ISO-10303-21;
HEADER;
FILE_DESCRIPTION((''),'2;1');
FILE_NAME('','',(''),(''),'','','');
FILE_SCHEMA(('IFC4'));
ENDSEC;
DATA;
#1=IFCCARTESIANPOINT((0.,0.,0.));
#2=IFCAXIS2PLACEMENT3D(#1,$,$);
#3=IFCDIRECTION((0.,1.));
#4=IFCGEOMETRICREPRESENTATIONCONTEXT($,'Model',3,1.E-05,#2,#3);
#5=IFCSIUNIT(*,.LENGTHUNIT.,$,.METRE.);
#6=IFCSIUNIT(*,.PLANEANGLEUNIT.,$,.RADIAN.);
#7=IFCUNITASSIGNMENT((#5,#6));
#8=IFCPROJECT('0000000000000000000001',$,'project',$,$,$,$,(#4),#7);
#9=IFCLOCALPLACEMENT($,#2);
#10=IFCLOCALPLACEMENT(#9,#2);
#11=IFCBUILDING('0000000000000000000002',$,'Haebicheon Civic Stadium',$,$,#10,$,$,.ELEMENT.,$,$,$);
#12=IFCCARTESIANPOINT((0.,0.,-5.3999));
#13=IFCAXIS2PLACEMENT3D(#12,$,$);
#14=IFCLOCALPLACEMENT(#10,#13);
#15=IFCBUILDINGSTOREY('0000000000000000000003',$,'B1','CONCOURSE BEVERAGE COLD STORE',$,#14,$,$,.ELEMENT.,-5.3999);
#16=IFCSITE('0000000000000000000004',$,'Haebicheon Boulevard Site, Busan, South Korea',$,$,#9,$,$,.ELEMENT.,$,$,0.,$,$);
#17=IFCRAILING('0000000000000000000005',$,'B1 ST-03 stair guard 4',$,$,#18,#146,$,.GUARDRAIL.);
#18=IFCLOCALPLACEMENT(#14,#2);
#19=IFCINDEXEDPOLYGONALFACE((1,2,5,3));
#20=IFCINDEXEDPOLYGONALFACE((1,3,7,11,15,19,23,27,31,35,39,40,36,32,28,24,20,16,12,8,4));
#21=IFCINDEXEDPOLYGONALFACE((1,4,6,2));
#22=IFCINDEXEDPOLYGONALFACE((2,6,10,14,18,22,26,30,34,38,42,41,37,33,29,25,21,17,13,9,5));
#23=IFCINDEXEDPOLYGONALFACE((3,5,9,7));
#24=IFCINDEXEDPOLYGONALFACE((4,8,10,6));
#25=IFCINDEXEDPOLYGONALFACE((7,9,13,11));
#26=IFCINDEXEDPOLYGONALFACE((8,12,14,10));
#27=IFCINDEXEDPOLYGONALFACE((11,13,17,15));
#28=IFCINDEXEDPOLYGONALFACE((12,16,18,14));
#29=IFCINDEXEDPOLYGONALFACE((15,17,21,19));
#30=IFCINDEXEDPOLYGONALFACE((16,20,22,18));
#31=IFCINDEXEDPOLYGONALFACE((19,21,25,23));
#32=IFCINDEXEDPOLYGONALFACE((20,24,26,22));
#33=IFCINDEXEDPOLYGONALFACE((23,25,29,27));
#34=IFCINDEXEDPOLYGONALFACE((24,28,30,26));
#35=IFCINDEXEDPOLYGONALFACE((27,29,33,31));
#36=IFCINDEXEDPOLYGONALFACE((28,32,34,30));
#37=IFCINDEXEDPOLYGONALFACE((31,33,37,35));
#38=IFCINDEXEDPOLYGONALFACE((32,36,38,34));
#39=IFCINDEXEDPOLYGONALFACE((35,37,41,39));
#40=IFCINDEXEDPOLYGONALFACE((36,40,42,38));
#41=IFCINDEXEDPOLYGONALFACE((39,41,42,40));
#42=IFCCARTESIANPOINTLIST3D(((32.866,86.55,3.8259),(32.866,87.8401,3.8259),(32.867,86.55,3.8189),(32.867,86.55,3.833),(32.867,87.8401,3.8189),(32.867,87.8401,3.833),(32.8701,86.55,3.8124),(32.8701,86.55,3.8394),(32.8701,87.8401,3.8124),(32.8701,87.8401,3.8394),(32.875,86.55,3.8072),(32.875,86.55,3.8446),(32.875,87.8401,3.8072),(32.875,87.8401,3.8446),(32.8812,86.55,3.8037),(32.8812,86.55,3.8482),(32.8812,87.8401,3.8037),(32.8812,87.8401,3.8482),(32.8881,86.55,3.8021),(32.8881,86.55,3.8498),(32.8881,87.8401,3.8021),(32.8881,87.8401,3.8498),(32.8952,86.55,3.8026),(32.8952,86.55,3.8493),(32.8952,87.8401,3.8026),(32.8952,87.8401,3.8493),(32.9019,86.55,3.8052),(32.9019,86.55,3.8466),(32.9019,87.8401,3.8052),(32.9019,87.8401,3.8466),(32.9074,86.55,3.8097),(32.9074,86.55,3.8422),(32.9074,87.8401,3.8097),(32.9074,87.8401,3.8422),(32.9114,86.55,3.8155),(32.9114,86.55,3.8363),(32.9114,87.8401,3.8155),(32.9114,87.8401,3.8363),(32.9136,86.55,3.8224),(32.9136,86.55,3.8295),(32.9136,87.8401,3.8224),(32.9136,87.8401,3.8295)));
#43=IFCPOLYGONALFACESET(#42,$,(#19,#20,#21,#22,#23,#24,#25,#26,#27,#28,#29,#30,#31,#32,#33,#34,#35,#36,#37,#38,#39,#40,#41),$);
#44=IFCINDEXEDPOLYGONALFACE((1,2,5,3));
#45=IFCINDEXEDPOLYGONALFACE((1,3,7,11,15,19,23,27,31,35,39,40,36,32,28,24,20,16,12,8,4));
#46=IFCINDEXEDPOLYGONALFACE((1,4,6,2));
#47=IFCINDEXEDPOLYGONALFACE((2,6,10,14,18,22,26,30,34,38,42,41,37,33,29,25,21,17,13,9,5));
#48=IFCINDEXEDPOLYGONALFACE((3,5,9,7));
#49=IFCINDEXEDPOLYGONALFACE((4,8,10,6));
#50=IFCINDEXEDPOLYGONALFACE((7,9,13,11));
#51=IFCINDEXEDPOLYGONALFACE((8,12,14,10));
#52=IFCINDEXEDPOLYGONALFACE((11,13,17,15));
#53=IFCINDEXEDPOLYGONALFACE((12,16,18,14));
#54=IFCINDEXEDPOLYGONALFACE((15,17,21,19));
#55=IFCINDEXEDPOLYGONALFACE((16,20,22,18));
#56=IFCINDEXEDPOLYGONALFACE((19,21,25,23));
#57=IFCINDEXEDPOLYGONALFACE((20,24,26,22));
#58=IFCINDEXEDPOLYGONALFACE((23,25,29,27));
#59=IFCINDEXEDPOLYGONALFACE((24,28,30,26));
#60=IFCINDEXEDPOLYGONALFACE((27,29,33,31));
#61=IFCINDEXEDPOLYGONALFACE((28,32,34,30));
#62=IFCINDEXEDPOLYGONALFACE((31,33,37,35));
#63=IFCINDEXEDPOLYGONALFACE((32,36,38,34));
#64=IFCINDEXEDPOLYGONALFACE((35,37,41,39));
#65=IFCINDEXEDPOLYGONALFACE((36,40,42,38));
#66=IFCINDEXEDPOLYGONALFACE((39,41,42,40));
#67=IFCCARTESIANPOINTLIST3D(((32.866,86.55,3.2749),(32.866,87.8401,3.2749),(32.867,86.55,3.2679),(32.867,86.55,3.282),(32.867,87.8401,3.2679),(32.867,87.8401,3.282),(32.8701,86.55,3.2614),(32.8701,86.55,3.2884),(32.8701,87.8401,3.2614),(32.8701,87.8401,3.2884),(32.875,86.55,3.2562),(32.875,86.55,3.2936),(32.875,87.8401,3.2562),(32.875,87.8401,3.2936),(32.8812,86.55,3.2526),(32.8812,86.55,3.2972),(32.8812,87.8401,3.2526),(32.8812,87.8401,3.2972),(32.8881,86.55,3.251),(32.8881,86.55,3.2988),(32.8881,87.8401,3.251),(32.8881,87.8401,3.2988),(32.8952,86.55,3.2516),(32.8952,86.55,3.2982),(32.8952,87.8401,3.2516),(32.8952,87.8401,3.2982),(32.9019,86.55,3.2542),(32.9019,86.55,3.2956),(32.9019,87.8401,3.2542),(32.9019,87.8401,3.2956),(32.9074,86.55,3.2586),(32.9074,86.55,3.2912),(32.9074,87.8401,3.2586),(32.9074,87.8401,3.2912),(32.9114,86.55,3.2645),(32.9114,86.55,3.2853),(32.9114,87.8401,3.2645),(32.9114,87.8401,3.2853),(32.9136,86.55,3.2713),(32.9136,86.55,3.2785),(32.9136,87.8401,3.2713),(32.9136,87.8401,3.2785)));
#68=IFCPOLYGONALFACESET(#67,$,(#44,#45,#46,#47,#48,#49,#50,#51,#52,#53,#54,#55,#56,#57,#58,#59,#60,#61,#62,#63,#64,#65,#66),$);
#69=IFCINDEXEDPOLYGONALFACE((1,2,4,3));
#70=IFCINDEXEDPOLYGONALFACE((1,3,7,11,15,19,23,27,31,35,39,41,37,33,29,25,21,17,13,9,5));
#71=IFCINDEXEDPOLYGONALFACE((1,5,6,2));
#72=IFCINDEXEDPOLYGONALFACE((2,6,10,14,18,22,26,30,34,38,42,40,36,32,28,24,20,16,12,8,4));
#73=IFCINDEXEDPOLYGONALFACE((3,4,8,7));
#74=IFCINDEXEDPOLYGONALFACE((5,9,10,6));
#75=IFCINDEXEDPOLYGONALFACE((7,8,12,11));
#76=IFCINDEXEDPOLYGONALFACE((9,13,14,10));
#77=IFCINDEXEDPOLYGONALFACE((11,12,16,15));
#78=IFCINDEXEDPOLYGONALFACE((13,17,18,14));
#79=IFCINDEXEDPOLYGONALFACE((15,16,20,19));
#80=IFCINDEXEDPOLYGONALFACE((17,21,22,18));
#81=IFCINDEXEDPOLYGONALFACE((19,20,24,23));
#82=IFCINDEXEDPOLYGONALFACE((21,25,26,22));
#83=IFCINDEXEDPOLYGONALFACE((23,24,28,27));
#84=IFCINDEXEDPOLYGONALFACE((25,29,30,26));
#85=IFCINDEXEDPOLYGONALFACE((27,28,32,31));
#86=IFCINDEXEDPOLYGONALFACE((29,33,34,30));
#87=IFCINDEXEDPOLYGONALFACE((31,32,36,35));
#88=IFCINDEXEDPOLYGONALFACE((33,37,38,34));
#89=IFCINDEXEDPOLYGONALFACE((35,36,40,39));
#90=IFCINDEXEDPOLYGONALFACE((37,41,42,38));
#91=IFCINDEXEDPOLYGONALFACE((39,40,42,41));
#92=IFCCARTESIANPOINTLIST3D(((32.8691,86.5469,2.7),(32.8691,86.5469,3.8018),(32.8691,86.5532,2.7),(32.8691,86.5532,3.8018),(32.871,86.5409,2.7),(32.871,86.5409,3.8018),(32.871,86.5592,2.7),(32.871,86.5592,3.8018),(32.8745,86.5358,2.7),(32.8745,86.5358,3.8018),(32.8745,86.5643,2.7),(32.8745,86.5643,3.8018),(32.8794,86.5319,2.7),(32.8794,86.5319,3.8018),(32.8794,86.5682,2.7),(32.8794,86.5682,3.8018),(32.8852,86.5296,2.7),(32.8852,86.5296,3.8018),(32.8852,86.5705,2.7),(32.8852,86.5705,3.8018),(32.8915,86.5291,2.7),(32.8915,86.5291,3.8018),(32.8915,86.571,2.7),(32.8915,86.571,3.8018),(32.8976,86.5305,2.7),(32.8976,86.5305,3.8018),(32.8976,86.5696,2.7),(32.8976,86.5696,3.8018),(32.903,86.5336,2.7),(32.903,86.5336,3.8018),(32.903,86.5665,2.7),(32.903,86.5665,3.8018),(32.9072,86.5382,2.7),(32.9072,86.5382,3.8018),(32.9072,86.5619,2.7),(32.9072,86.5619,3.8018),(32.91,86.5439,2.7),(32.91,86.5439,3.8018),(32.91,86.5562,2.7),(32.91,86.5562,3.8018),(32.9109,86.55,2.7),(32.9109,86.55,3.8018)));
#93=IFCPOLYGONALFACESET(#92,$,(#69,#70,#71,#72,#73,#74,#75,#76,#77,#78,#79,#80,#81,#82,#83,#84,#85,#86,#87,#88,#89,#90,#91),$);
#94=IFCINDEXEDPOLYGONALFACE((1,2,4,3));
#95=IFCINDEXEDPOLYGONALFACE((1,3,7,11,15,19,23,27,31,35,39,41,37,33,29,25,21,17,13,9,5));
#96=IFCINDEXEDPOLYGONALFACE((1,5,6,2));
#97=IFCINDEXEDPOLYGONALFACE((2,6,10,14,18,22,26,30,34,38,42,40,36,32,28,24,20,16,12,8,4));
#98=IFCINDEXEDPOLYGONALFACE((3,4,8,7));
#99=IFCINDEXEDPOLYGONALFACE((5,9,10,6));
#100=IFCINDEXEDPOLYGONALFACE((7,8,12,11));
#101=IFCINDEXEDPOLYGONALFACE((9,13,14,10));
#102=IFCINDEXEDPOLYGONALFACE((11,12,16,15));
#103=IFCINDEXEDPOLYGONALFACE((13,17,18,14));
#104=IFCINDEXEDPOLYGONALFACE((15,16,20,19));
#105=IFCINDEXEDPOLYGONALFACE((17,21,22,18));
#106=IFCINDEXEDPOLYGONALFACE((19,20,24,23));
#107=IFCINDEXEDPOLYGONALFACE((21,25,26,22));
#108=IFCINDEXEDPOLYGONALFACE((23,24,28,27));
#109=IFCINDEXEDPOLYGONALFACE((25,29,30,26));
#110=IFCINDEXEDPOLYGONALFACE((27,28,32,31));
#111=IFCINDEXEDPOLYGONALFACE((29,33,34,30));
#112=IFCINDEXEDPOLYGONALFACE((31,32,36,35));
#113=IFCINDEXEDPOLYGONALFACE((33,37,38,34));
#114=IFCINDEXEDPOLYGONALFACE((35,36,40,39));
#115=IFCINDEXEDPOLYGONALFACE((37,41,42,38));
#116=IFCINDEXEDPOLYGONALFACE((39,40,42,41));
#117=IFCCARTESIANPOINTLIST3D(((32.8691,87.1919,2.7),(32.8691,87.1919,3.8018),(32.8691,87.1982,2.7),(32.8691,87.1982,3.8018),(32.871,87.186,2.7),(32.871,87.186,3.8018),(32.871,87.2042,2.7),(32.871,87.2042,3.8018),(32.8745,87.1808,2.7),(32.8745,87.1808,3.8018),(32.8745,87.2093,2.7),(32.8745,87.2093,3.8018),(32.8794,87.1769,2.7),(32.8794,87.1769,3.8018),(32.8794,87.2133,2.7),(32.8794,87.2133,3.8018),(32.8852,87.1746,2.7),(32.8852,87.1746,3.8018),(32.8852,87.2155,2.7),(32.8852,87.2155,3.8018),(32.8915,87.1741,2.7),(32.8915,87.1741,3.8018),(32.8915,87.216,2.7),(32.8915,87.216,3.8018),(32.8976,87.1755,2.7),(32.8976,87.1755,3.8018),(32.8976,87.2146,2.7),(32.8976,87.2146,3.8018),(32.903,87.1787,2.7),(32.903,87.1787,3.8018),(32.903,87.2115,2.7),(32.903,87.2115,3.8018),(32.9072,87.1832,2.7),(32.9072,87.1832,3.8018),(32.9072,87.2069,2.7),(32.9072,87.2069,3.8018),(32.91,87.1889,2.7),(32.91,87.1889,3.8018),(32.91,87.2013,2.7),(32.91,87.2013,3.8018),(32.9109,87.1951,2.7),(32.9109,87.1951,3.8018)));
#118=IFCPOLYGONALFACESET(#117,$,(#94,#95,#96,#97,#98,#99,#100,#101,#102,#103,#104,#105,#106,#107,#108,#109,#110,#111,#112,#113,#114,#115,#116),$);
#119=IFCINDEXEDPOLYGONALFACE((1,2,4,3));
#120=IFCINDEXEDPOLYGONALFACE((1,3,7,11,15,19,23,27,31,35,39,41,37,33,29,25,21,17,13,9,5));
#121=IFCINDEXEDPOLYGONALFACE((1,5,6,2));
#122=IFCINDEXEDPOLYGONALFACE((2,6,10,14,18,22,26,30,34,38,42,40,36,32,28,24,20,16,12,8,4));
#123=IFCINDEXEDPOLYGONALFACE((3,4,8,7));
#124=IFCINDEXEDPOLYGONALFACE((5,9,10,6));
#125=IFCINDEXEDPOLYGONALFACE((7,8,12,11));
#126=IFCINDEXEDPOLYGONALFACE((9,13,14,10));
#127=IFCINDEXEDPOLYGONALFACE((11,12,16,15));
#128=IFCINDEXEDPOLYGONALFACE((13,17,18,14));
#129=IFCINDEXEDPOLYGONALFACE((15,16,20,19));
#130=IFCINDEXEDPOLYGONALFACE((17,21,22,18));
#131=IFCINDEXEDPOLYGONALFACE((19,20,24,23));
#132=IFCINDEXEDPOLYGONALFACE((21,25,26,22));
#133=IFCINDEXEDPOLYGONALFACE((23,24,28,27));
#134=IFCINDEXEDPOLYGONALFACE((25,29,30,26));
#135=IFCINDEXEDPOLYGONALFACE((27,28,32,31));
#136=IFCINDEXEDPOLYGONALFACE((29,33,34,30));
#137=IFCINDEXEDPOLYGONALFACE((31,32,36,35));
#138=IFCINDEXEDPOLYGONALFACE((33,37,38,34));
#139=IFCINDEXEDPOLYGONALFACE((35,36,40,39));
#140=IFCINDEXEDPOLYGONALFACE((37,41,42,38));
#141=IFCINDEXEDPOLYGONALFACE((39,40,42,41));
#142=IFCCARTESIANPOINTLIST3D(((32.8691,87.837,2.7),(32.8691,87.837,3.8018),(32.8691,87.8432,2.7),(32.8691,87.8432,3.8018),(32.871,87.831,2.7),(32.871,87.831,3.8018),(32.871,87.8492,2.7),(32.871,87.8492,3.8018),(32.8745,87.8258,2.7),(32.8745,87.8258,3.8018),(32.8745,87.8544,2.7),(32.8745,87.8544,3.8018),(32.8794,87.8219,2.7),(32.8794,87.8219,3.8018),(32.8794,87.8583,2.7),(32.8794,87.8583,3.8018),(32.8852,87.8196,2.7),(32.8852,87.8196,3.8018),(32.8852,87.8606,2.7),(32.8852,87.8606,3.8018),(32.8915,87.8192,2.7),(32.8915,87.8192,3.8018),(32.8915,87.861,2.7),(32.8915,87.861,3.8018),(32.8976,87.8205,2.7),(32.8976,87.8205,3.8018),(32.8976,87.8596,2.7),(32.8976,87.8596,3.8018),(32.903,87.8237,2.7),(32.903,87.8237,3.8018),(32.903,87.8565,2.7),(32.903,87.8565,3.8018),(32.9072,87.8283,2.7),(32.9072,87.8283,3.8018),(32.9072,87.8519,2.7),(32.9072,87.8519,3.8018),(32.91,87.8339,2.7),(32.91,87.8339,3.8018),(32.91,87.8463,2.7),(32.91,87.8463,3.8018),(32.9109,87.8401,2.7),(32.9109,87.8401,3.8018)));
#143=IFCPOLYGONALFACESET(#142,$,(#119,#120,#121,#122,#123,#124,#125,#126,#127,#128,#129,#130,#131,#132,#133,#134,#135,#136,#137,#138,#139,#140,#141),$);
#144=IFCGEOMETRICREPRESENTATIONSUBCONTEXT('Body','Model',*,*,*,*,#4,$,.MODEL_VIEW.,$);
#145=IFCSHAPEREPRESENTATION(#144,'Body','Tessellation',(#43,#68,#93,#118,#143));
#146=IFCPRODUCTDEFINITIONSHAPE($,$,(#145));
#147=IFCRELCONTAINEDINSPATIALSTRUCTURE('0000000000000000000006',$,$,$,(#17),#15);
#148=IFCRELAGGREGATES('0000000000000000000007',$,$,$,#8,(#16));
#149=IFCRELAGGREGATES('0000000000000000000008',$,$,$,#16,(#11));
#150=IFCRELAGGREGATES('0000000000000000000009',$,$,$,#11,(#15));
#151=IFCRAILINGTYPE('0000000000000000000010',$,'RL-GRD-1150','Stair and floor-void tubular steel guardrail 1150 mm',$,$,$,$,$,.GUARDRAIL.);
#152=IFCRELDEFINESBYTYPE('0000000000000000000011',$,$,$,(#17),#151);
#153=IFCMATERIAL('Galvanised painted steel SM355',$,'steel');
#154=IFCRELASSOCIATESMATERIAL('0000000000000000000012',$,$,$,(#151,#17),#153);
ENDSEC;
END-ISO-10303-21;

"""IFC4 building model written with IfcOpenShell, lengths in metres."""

from ifc_helpers import new_model, si_unit, direction, frame, origin, origin_2d, place, context, subcontext, project, spatial, circle, extrude, material, type_object, element, save


model = new_model("IFC4")

# Units and contexts
model_context = context("Model", 3, precision=1e-05, world=origin(), true_north=direction((0.0, 1.0)))
body_context = subcontext(model_context, "Body", "Model", "MODEL_VIEW")
ifc_project = project(units=[si_unit("LENGTHUNIT", "METRE"), si_unit("PLANEANGLEUNIT", "RADIAN")], contexts=[model_context])

# Site, building, storey
site_placement = place(None, origin())
site = spatial("IfcSite", under=ifc_project, at=site_placement, Name="Haebicheon Boulevard Site, Busan, South Korea", CompositionType="ELEMENT", RefElevation=0.0)
building_placement = place(site_placement, origin())
building = spatial("IfcBuilding", under=site, at=building_placement, Name="Haebicheon Civic Stadium", CompositionType="ELEMENT")
storey_placement = place(building_placement, frame((0.0, 0.0, -5.3999)))
storey = spatial("IfcBuildingStorey", under=building, at=storey_placement, Name="B1", Description="CONCOURSE BEVERAGE COLD STORE", CompositionType="ELEMENT", Elevation=-5.3999)

# Railing
ifc_material_1 = material(Name="Galvanised painted steel SM355", Category="steel")
railing_type_1 = type_object("IfcRailingType", Name="RL-GRD-1150", Description="Stair and floor-void tubular steel guardrail 1150 mm", PredefinedType="GUARDRAIL", material=ifc_material_1)
railing_1_placement = place(storey_placement, frame((32.8899, 86.55, 2.7)))
element("IfcRailing", 1, at=railing_1_placement, inside=storey, type_object=railing_type_1, material=ifc_material_1, Name="B1 ST-03 stair guard 4", PredefinedType="GUARDRAIL", context=body_context, shape_type="SweptSolid", body=[
    extrude(circle(Radius=0.0239, at=origin_2d()), frame((0.0, 0.0, 1.126), z_axis=(0.0, 1.0, 0.0), x_axis=(-1.0, 0.0, 0.0)), (0.0, 0.0, 1.0), 1.29),
    extrude(circle(Radius=0.0239, at=origin_2d()), frame((0.0, 0.0, 0.575), z_axis=(0.0, 1.0, 0.0), x_axis=(-1.0, 0.0, 0.0)), (0.0, 0.0, 1.0), 1.29),
    extrude(circle(Radius=0.021, at=origin_2d()), origin(), (0.0, 0.0, 1.0), 1.1018),
    extrude(circle(Radius=0.021, at=origin_2d()), frame((0.0, 0.645, 0.0)), (0.0, 0.0, 1.0), 1.1018),
    extrude(circle(Radius=0.021, at=origin_2d()), frame((0.0, 1.29, 0.0)), (0.0, 0.0, 1.0), 1.1018),
])

save(model, "model.ifc")
